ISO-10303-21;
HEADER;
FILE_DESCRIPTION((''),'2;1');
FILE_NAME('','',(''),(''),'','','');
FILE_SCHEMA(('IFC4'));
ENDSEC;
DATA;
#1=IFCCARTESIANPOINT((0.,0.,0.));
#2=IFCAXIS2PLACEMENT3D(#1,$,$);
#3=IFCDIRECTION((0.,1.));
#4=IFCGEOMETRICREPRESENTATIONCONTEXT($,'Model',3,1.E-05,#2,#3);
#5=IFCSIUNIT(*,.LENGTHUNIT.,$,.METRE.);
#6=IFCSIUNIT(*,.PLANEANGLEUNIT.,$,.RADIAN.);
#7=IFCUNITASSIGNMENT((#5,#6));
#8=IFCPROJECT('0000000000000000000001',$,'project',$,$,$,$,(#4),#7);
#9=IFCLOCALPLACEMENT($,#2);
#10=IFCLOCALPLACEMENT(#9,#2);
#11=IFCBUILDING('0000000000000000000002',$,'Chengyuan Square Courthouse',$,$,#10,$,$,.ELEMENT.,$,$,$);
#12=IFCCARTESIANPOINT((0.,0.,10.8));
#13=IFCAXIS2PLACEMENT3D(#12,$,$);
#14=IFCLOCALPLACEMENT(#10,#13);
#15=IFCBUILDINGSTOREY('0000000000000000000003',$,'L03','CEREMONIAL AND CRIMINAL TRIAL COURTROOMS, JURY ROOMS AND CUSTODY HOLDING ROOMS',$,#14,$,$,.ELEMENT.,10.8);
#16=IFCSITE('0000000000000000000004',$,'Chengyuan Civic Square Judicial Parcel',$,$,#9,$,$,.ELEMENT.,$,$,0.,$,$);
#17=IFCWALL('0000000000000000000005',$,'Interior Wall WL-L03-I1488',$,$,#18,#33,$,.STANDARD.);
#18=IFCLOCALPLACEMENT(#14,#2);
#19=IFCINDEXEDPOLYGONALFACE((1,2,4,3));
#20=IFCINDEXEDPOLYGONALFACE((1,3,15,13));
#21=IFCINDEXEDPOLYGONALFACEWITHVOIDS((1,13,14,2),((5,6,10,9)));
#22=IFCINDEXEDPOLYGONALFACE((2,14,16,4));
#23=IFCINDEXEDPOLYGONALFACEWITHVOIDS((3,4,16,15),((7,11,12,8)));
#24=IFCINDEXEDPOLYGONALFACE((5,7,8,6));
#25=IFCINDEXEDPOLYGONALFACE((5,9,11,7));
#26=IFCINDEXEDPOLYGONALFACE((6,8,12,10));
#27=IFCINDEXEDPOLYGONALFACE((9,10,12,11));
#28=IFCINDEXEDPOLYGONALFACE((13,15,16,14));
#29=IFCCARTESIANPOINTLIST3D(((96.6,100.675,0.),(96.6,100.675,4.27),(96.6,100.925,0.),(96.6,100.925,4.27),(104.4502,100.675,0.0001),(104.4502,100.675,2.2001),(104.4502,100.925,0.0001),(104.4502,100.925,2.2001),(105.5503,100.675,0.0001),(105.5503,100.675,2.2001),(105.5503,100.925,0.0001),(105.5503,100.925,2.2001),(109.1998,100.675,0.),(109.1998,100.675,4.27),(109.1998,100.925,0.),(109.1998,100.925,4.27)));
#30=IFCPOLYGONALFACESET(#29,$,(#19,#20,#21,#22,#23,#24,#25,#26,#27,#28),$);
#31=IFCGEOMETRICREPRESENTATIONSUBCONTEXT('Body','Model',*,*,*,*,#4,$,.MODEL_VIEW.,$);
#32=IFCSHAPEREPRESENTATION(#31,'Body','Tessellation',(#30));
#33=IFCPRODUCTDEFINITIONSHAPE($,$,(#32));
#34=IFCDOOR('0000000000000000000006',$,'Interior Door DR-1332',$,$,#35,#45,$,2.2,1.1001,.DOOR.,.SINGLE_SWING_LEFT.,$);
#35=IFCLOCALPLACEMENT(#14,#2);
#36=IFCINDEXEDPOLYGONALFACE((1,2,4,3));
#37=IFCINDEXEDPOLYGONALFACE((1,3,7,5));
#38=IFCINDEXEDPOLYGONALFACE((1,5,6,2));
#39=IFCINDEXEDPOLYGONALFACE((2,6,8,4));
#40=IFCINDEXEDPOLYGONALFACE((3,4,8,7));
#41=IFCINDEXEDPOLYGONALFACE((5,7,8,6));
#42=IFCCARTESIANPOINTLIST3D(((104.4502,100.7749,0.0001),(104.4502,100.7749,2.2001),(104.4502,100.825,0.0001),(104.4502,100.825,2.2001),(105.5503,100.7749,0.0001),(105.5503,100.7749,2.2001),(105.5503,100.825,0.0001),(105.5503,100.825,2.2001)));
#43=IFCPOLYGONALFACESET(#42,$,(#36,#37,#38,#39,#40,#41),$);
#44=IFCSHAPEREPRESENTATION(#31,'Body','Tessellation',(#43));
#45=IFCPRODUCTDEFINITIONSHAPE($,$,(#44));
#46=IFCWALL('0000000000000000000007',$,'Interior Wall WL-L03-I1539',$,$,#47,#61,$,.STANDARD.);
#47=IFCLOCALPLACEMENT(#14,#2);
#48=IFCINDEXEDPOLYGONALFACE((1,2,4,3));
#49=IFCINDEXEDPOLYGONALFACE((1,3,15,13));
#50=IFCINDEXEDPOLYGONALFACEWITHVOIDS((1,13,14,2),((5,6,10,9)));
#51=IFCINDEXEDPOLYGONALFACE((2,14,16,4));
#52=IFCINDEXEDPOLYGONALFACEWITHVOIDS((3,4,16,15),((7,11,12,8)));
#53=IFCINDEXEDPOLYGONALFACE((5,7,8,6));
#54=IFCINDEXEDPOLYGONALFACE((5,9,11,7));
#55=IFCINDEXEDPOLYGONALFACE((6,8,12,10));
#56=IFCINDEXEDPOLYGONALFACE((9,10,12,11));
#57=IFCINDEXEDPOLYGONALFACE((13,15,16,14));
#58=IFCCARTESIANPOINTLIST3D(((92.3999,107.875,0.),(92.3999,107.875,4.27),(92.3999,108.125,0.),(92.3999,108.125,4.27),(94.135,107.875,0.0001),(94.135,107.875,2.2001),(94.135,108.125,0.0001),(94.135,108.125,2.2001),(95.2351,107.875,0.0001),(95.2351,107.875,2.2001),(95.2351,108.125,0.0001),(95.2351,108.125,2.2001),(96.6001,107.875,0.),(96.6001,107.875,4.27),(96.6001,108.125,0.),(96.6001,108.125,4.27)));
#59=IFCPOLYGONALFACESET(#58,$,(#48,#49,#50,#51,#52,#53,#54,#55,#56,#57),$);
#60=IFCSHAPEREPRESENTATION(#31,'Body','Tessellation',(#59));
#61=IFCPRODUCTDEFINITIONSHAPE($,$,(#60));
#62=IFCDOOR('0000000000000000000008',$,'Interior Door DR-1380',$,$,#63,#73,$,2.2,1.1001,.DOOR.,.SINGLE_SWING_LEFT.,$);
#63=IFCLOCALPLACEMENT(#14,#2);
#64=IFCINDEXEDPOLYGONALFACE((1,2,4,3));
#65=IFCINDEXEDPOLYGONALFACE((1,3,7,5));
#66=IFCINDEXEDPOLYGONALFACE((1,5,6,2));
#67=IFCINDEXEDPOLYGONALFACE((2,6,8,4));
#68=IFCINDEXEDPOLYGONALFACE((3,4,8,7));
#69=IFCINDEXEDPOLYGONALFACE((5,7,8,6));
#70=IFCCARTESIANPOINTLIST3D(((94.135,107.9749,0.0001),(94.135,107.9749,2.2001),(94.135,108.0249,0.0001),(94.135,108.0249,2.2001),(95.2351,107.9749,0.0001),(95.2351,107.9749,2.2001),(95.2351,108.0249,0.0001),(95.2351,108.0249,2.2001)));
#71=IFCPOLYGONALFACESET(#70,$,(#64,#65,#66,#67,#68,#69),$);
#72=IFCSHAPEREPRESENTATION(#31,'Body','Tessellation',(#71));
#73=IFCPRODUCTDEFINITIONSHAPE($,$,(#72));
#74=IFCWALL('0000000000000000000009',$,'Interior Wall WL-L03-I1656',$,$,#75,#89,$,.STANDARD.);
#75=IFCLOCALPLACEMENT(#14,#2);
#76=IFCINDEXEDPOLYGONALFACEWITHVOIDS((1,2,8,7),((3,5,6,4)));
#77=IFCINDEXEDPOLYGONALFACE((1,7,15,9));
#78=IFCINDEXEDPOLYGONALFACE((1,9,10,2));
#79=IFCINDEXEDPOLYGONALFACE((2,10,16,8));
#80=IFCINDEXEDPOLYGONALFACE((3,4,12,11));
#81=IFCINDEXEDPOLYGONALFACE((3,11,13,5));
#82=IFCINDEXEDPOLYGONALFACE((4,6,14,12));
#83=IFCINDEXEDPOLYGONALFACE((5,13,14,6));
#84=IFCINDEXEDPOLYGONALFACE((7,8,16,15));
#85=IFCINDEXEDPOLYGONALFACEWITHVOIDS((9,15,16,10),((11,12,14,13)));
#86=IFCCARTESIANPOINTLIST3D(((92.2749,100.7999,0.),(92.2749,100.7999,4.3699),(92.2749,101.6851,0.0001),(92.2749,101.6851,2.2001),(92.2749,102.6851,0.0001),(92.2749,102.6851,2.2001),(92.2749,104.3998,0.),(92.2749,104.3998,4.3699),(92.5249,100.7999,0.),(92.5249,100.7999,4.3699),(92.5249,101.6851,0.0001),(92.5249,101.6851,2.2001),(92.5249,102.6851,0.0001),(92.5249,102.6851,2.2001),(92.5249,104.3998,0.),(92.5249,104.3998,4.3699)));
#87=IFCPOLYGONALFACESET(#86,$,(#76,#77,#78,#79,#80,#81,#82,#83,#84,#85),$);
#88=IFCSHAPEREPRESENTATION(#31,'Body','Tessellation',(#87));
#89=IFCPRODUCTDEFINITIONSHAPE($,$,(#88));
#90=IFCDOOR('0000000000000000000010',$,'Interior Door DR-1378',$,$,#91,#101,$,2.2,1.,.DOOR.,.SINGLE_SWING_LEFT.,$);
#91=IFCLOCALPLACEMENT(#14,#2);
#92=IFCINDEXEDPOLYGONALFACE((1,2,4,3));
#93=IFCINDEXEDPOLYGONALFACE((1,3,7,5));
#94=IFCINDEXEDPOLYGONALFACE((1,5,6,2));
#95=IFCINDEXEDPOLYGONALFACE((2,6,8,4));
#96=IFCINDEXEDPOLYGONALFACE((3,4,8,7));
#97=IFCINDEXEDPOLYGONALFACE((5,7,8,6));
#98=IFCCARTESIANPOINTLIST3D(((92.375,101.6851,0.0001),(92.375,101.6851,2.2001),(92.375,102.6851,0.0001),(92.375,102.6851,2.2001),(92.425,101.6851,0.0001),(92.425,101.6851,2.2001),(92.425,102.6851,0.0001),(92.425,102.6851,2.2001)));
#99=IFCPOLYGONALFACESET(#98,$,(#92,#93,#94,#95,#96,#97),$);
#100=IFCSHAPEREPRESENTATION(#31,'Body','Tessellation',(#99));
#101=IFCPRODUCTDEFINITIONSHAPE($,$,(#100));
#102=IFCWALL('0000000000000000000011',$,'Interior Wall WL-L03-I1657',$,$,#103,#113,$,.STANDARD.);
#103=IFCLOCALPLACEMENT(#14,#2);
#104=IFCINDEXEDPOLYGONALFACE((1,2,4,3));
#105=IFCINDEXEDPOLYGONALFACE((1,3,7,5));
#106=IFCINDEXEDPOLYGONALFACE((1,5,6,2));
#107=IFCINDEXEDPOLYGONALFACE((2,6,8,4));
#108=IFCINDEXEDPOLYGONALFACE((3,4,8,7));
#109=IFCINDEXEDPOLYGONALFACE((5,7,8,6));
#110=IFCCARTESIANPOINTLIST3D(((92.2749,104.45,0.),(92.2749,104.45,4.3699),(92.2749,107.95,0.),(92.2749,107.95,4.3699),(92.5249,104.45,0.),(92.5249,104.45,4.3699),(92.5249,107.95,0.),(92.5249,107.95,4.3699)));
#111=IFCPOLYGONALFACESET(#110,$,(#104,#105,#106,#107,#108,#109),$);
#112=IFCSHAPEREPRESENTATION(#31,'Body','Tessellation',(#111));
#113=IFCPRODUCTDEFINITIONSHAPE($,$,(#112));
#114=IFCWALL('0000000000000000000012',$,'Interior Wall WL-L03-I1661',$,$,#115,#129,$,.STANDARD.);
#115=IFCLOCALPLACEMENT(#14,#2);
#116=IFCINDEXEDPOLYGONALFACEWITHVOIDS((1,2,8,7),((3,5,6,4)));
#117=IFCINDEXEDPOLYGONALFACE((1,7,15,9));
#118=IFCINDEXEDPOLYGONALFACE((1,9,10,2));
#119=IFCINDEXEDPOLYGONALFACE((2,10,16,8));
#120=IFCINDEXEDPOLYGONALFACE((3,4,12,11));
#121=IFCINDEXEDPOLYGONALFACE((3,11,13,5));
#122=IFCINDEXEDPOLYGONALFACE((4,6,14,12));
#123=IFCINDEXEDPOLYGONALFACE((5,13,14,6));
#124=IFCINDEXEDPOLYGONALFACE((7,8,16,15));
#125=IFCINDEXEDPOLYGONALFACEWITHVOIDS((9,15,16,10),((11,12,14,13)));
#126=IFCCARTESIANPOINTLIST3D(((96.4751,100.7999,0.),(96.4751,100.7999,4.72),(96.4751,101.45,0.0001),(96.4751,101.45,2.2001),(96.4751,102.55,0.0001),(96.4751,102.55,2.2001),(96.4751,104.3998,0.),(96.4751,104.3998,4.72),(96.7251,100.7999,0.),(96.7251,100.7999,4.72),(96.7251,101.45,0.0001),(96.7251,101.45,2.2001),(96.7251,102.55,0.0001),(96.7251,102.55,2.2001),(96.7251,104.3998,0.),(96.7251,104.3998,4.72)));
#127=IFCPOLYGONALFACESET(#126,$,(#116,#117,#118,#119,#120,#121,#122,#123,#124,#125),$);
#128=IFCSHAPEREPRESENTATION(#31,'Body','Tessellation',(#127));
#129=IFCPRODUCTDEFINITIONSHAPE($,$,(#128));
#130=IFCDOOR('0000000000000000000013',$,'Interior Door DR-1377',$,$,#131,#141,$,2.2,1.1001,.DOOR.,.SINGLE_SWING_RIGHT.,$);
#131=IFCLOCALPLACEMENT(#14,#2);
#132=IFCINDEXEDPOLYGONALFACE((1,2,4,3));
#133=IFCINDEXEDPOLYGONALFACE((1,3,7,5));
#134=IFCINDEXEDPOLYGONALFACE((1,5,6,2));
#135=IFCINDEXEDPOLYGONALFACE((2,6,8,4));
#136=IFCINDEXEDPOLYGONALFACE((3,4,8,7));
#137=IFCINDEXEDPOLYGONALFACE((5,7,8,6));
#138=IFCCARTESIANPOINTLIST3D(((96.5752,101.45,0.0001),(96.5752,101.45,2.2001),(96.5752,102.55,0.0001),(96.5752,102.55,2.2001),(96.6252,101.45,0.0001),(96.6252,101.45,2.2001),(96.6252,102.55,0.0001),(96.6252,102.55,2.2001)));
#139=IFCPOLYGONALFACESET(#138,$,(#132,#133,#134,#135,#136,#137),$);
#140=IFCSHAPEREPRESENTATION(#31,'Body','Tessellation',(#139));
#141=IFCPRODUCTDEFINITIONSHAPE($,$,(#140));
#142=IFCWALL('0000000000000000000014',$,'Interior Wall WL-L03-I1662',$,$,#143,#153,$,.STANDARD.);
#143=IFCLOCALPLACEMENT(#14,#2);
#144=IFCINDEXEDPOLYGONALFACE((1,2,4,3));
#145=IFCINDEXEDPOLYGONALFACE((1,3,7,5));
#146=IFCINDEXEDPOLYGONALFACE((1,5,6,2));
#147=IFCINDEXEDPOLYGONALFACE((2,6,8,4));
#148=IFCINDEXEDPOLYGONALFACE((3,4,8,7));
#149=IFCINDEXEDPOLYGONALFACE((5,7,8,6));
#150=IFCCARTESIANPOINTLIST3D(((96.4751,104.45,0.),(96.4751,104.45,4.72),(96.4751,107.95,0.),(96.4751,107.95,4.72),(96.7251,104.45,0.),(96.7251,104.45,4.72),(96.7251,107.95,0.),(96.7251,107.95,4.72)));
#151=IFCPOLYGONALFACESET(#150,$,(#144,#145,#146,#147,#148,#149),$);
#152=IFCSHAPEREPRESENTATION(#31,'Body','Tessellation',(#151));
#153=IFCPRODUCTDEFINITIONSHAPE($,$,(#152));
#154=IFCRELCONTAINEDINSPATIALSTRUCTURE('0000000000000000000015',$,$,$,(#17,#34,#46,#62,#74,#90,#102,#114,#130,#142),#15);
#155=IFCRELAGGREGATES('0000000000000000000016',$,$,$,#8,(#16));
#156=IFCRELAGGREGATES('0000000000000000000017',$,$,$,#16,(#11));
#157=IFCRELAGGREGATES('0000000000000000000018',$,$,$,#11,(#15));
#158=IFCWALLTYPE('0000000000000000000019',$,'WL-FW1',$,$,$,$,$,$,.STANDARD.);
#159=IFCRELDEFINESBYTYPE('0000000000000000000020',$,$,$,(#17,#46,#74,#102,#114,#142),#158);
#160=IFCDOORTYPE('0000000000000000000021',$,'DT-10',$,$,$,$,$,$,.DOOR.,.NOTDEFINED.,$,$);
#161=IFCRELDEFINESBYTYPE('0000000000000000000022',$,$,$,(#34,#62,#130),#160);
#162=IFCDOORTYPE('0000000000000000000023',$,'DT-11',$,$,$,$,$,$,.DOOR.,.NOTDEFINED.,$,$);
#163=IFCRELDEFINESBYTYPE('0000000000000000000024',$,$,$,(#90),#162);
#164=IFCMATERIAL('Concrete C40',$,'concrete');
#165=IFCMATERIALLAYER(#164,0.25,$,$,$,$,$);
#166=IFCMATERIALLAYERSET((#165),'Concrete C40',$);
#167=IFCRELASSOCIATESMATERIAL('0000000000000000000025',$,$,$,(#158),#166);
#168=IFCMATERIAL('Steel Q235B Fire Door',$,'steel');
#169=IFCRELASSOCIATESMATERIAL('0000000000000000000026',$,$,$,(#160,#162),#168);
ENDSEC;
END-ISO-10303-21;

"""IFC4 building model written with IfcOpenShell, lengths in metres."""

from ifc_helpers import new_model, si_unit, direction, frame, frame_2d, origin, place, context, subcontext, project, spatial, rectangle, extrude, material, layer, layer_set, type_object, element, fill, save


model = new_model("IFC4")

# Units and contexts
model_context = context("Model", 3, precision=1e-05, world=origin(), true_north=direction((0.0, 1.0)))
body_context = subcontext(model_context, "Body", "Model", "MODEL_VIEW")
ifc_project = project(units=[si_unit("LENGTHUNIT", "METRE"), si_unit("PLANEANGLEUNIT", "RADIAN")], contexts=[model_context])

# Site, building, storey
site_placement = place(None, origin())
site = spatial("IfcSite", under=ifc_project, at=site_placement, Name="Chengyuan Civic Square Judicial Parcel", CompositionType="ELEMENT", RefElevation=0.0)
building_placement = place(site_placement, origin())
building = spatial("IfcBuilding", under=site, at=building_placement, Name="Chengyuan Square Courthouse", CompositionType="ELEMENT")
storey_placement = place(building_placement, frame((0.0, 0.0, 10.8)))
storey = spatial("IfcBuildingStorey", under=building, at=storey_placement, Name="L03", Description="CEREMONIAL AND CRIMINAL TRIAL COURTROOMS, JURY ROOMS AND CUSTODY HOLDING ROOMS", CompositionType="ELEMENT", Elevation=10.8)

# Shared definitions
ifc_material_1 = material(Name="Concrete C40", Category="concrete")

# Walls, openings, doors
ifc_layer_1 = layer(ifc_material_1, 0.25)
ifc_layer_set_1 = layer_set([ifc_layer_1], Name="Concrete C40")
wall_type_1 = type_object("IfcWallType", Name="WL-FW1", PredefinedType="STANDARD", material=ifc_layer_set_1)
wall_1_placement = place(storey_placement, frame((96.6001, 100.8, 0.0), z_axis=(0.0, 0.0, 1.0), x_axis=(1.0, 0.0, 0.0)))
wall_1 = element("IfcWall", 1, at=wall_1_placement, inside=storey, type_object=wall_type_1, Name="Interior Wall WL-L03-I1488", PredefinedType="STANDARD", context=body_context, shape_type="SweptSolid", body=[
    extrude(rectangle(XDim=12.5999, YDim=0.25, at=frame_2d((6.2998, 0.0))), origin(), (0.0, 0.0, 1.0), 4.27),
])
opening_1_placement = place(wall_1_placement, frame((7.8501, 0.0, 0.0)))
opening_1 = element("IfcOpeningElement", 2, at=opening_1_placement, cuts=wall_1, PredefinedType="OPENING", context=body_context, shape_type="SweptSolid", body=[
    extrude(rectangle(XDim=1.1001, YDim=2.2, at=frame_2d((0.55, 1.1001))), frame((0.0, 0.137, 0.0), z_axis=(0.0, -1.0, 0.0), x_axis=(1.0, 0.0, 0.0)), (0.0, 0.0, 1.0), 0.2739),
])
ifc_material_2 = material(Name="Steel Q235B Fire Door", Category="steel")
door_type_1 = type_object("IfcDoorType", Name="DT-10", OperationType="NOTDEFINED", PredefinedType="DOOR", material=ifc_material_2)
door_1_placement = place(opening_1_placement, origin())
door_1 = element("IfcDoor", 3, at=door_1_placement, inside=storey, type_object=door_type_1, Name="Interior Door DR-1332", OperationType="SINGLE_SWING_LEFT", OverallHeight=2.2, OverallWidth=1.1001, PredefinedType="DOOR", context=body_context, shape_type="SweptSolid", body=[
    extrude(rectangle(XDim=1.1001, YDim=2.2, at=frame_2d((0.55, 1.1001))), frame((0.0, 0.0249, 0.0), z_axis=(0.0, -1.0, 0.0), x_axis=(1.0, 0.0, 0.0)), (0.0, 0.0, 1.0), 0.05),
])
fill(opening_1, door_1)
wall_2_placement = place(storey_placement, frame((92.3999, 108.0, 0.0), z_axis=(0.0, 0.0, 1.0), x_axis=(1.0, 0.0, 0.0)))
wall_2 = element("IfcWall", 4, at=wall_2_placement, inside=storey, type_object=wall_type_1, Name="Interior Wall WL-L03-I1539", PredefinedType="STANDARD", context=body_context, shape_type="SweptSolid", body=[
    extrude(rectangle(XDim=4.2002, YDim=0.25, at=frame_2d((2.1001, 0.0))), origin(), (0.0, 0.0, 1.0), 4.27),
])
opening_2_placement = place(wall_2_placement, frame((1.7351, 0.0, 0.0)))
opening_2 = element("IfcOpeningElement", 5, at=opening_2_placement, cuts=wall_2, PredefinedType="OPENING", context=body_context, shape_type="SweptSolid", body=[
    extrude(rectangle(XDim=1.1001, YDim=2.2, at=frame_2d((0.55, 1.1001))), frame((0.0, 0.137, 0.0), z_axis=(0.0, -1.0, 0.0), x_axis=(1.0, 0.0, 0.0)), (0.0, 0.0, 1.0), 0.2739),
])
door_2_placement = place(opening_2_placement, origin())
door_2 = element("IfcDoor", 6, at=door_2_placement, inside=storey, type_object=door_type_1, Name="Interior Door DR-1380", OperationType="SINGLE_SWING_LEFT", OverallHeight=2.2, OverallWidth=1.1001, PredefinedType="DOOR", context=body_context, shape_type="SweptSolid", body=[
    extrude(rectangle(XDim=1.1001, YDim=2.2, at=frame_2d((0.55, 1.1001))), frame((0.0, 0.0249, 0.0), z_axis=(0.0, -1.0, 0.0), x_axis=(1.0, 0.0, 0.0)), (0.0, 0.0, 1.0), 0.05),
])
fill(opening_2, door_2)
wall_3_placement = place(storey_placement, frame((92.3999, 100.8, 0.0), z_axis=(0.0, 0.0, 1.0), x_axis=(0.0, 1.0, 0.0)))
wall_3 = element("IfcWall", 7, at=wall_3_placement, inside=storey, type_object=wall_type_1, Name="Interior Wall WL-L03-I1656", PredefinedType="STANDARD", context=body_context, shape_type="SweptSolid", body=[
    extrude(rectangle(XDim=3.5999, YDim=0.25, at=frame_2d((1.7998, 0.0))), origin(), (0.0, 0.0, 1.0), 4.3699),
])
opening_3_placement = place(wall_3_placement, frame((0.885, 0.0, 0.0)))
opening_3 = element("IfcOpeningElement", 8, at=opening_3_placement, cuts=wall_3, PredefinedType="OPENING", context=body_context, shape_type="SweptSolid", body=[
    extrude(rectangle(XDim=1.0, YDim=2.2, at=frame_2d((0.5, 1.1001))), frame((0.0, 0.137, 0.0), z_axis=(0.0, -1.0, 0.0), x_axis=(1.0, 0.0, 0.0)), (0.0, 0.0, 1.0), 0.2739),
])
door_type_2 = type_object("IfcDoorType", Name="DT-11", OperationType="NOTDEFINED", PredefinedType="DOOR", material=ifc_material_2)
door_3_placement = place(opening_3_placement, origin())
door_3 = element("IfcDoor", 9, at=door_3_placement, inside=storey, type_object=door_type_2, Name="Interior Door DR-1378", OperationType="SINGLE_SWING_LEFT", OverallHeight=2.2, OverallWidth=1.0, PredefinedType="DOOR", context=body_context, shape_type="SweptSolid", body=[
    extrude(rectangle(XDim=1.0, YDim=2.2, at=frame_2d((0.5, 1.1001))), frame((0.0, 0.0249, 0.0), z_axis=(0.0, -1.0, 0.0), x_axis=(1.0, 0.0, 0.0)), (0.0, 0.0, 1.0), 0.05),
])
fill(opening_3, door_3)

# Wall
wall_4_placement = place(storey_placement, frame((92.3999, 104.45, 0.0), z_axis=(0.0, 0.0, 1.0), x_axis=(0.0, 1.0, 0.0)))
element("IfcWall", 10, at=wall_4_placement, inside=storey, type_object=wall_type_1, Name="Interior Wall WL-L03-I1657", PredefinedType="STANDARD", context=body_context, shape_type="SweptSolid", body=[
    extrude(rectangle(XDim=3.5, YDim=0.25, at=frame_2d((1.75, 0.0))), origin(), (0.0, 0.0, 1.0), 4.3699),
])

# Wall, opening, door
wall_5_placement = place(storey_placement, frame((96.6001, 100.8, 0.0), z_axis=(0.0, 0.0, 1.0), x_axis=(0.0, 1.0, 0.0)))
wall_5 = element("IfcWall", 11, at=wall_5_placement, inside=storey, type_object=wall_type_1, Name="Interior Wall WL-L03-I1661", PredefinedType="STANDARD", context=body_context, shape_type="SweptSolid", body=[
    extrude(rectangle(XDim=3.5999, YDim=0.25, at=frame_2d((1.7998, 0.0))), origin(), (0.0, 0.0, 1.0), 4.72),
])
opening_4_placement = place(wall_5_placement, frame((0.6499, 0.0, 0.0)))
opening_4 = element("IfcOpeningElement", 12, at=opening_4_placement, cuts=wall_5, PredefinedType="OPENING", context=body_context, shape_type="SweptSolid", body=[
    extrude(rectangle(XDim=1.1001, YDim=2.2, at=frame_2d((0.55, 1.1001))), frame((0.0, 0.137, 0.0), z_axis=(0.0, -1.0, 0.0), x_axis=(1.0, 0.0, 0.0)), (0.0, 0.0, 1.0), 0.2739),
])
door_4_placement = place(opening_4_placement, origin())
door_4 = element("IfcDoor", 13, at=door_4_placement, inside=storey, type_object=door_type_1, Name="Interior Door DR-1377", OperationType="SINGLE_SWING_RIGHT", OverallHeight=2.2, OverallWidth=1.1001, PredefinedType="DOOR", context=body_context, shape_type="SweptSolid", body=[
    extrude(rectangle(XDim=1.1001, YDim=2.2, at=frame_2d((0.55, 1.1001))), frame((0.0, 0.0249, 0.0), z_axis=(0.0, -1.0, 0.0), x_axis=(1.0, 0.0, 0.0)), (0.0, 0.0, 1.0), 0.05),
])
fill(opening_4, door_4)

# Wall
wall_6_placement = place(storey_placement, frame((96.6001, 104.45, 0.0), z_axis=(0.0, 0.0, 1.0), x_axis=(0.0, 1.0, 0.0)))
element("IfcWall", 14, at=wall_6_placement, inside=storey, type_object=wall_type_1, Name="Interior Wall WL-L03-I1662", PredefinedType="STANDARD", context=body_context, shape_type="SweptSolid", body=[
    extrude(rectangle(XDim=3.5, YDim=0.25, at=frame_2d((1.75, 0.0))), origin(), (0.0, 0.0, 1.0), 4.72),
])

save(model, "model.ifc")
